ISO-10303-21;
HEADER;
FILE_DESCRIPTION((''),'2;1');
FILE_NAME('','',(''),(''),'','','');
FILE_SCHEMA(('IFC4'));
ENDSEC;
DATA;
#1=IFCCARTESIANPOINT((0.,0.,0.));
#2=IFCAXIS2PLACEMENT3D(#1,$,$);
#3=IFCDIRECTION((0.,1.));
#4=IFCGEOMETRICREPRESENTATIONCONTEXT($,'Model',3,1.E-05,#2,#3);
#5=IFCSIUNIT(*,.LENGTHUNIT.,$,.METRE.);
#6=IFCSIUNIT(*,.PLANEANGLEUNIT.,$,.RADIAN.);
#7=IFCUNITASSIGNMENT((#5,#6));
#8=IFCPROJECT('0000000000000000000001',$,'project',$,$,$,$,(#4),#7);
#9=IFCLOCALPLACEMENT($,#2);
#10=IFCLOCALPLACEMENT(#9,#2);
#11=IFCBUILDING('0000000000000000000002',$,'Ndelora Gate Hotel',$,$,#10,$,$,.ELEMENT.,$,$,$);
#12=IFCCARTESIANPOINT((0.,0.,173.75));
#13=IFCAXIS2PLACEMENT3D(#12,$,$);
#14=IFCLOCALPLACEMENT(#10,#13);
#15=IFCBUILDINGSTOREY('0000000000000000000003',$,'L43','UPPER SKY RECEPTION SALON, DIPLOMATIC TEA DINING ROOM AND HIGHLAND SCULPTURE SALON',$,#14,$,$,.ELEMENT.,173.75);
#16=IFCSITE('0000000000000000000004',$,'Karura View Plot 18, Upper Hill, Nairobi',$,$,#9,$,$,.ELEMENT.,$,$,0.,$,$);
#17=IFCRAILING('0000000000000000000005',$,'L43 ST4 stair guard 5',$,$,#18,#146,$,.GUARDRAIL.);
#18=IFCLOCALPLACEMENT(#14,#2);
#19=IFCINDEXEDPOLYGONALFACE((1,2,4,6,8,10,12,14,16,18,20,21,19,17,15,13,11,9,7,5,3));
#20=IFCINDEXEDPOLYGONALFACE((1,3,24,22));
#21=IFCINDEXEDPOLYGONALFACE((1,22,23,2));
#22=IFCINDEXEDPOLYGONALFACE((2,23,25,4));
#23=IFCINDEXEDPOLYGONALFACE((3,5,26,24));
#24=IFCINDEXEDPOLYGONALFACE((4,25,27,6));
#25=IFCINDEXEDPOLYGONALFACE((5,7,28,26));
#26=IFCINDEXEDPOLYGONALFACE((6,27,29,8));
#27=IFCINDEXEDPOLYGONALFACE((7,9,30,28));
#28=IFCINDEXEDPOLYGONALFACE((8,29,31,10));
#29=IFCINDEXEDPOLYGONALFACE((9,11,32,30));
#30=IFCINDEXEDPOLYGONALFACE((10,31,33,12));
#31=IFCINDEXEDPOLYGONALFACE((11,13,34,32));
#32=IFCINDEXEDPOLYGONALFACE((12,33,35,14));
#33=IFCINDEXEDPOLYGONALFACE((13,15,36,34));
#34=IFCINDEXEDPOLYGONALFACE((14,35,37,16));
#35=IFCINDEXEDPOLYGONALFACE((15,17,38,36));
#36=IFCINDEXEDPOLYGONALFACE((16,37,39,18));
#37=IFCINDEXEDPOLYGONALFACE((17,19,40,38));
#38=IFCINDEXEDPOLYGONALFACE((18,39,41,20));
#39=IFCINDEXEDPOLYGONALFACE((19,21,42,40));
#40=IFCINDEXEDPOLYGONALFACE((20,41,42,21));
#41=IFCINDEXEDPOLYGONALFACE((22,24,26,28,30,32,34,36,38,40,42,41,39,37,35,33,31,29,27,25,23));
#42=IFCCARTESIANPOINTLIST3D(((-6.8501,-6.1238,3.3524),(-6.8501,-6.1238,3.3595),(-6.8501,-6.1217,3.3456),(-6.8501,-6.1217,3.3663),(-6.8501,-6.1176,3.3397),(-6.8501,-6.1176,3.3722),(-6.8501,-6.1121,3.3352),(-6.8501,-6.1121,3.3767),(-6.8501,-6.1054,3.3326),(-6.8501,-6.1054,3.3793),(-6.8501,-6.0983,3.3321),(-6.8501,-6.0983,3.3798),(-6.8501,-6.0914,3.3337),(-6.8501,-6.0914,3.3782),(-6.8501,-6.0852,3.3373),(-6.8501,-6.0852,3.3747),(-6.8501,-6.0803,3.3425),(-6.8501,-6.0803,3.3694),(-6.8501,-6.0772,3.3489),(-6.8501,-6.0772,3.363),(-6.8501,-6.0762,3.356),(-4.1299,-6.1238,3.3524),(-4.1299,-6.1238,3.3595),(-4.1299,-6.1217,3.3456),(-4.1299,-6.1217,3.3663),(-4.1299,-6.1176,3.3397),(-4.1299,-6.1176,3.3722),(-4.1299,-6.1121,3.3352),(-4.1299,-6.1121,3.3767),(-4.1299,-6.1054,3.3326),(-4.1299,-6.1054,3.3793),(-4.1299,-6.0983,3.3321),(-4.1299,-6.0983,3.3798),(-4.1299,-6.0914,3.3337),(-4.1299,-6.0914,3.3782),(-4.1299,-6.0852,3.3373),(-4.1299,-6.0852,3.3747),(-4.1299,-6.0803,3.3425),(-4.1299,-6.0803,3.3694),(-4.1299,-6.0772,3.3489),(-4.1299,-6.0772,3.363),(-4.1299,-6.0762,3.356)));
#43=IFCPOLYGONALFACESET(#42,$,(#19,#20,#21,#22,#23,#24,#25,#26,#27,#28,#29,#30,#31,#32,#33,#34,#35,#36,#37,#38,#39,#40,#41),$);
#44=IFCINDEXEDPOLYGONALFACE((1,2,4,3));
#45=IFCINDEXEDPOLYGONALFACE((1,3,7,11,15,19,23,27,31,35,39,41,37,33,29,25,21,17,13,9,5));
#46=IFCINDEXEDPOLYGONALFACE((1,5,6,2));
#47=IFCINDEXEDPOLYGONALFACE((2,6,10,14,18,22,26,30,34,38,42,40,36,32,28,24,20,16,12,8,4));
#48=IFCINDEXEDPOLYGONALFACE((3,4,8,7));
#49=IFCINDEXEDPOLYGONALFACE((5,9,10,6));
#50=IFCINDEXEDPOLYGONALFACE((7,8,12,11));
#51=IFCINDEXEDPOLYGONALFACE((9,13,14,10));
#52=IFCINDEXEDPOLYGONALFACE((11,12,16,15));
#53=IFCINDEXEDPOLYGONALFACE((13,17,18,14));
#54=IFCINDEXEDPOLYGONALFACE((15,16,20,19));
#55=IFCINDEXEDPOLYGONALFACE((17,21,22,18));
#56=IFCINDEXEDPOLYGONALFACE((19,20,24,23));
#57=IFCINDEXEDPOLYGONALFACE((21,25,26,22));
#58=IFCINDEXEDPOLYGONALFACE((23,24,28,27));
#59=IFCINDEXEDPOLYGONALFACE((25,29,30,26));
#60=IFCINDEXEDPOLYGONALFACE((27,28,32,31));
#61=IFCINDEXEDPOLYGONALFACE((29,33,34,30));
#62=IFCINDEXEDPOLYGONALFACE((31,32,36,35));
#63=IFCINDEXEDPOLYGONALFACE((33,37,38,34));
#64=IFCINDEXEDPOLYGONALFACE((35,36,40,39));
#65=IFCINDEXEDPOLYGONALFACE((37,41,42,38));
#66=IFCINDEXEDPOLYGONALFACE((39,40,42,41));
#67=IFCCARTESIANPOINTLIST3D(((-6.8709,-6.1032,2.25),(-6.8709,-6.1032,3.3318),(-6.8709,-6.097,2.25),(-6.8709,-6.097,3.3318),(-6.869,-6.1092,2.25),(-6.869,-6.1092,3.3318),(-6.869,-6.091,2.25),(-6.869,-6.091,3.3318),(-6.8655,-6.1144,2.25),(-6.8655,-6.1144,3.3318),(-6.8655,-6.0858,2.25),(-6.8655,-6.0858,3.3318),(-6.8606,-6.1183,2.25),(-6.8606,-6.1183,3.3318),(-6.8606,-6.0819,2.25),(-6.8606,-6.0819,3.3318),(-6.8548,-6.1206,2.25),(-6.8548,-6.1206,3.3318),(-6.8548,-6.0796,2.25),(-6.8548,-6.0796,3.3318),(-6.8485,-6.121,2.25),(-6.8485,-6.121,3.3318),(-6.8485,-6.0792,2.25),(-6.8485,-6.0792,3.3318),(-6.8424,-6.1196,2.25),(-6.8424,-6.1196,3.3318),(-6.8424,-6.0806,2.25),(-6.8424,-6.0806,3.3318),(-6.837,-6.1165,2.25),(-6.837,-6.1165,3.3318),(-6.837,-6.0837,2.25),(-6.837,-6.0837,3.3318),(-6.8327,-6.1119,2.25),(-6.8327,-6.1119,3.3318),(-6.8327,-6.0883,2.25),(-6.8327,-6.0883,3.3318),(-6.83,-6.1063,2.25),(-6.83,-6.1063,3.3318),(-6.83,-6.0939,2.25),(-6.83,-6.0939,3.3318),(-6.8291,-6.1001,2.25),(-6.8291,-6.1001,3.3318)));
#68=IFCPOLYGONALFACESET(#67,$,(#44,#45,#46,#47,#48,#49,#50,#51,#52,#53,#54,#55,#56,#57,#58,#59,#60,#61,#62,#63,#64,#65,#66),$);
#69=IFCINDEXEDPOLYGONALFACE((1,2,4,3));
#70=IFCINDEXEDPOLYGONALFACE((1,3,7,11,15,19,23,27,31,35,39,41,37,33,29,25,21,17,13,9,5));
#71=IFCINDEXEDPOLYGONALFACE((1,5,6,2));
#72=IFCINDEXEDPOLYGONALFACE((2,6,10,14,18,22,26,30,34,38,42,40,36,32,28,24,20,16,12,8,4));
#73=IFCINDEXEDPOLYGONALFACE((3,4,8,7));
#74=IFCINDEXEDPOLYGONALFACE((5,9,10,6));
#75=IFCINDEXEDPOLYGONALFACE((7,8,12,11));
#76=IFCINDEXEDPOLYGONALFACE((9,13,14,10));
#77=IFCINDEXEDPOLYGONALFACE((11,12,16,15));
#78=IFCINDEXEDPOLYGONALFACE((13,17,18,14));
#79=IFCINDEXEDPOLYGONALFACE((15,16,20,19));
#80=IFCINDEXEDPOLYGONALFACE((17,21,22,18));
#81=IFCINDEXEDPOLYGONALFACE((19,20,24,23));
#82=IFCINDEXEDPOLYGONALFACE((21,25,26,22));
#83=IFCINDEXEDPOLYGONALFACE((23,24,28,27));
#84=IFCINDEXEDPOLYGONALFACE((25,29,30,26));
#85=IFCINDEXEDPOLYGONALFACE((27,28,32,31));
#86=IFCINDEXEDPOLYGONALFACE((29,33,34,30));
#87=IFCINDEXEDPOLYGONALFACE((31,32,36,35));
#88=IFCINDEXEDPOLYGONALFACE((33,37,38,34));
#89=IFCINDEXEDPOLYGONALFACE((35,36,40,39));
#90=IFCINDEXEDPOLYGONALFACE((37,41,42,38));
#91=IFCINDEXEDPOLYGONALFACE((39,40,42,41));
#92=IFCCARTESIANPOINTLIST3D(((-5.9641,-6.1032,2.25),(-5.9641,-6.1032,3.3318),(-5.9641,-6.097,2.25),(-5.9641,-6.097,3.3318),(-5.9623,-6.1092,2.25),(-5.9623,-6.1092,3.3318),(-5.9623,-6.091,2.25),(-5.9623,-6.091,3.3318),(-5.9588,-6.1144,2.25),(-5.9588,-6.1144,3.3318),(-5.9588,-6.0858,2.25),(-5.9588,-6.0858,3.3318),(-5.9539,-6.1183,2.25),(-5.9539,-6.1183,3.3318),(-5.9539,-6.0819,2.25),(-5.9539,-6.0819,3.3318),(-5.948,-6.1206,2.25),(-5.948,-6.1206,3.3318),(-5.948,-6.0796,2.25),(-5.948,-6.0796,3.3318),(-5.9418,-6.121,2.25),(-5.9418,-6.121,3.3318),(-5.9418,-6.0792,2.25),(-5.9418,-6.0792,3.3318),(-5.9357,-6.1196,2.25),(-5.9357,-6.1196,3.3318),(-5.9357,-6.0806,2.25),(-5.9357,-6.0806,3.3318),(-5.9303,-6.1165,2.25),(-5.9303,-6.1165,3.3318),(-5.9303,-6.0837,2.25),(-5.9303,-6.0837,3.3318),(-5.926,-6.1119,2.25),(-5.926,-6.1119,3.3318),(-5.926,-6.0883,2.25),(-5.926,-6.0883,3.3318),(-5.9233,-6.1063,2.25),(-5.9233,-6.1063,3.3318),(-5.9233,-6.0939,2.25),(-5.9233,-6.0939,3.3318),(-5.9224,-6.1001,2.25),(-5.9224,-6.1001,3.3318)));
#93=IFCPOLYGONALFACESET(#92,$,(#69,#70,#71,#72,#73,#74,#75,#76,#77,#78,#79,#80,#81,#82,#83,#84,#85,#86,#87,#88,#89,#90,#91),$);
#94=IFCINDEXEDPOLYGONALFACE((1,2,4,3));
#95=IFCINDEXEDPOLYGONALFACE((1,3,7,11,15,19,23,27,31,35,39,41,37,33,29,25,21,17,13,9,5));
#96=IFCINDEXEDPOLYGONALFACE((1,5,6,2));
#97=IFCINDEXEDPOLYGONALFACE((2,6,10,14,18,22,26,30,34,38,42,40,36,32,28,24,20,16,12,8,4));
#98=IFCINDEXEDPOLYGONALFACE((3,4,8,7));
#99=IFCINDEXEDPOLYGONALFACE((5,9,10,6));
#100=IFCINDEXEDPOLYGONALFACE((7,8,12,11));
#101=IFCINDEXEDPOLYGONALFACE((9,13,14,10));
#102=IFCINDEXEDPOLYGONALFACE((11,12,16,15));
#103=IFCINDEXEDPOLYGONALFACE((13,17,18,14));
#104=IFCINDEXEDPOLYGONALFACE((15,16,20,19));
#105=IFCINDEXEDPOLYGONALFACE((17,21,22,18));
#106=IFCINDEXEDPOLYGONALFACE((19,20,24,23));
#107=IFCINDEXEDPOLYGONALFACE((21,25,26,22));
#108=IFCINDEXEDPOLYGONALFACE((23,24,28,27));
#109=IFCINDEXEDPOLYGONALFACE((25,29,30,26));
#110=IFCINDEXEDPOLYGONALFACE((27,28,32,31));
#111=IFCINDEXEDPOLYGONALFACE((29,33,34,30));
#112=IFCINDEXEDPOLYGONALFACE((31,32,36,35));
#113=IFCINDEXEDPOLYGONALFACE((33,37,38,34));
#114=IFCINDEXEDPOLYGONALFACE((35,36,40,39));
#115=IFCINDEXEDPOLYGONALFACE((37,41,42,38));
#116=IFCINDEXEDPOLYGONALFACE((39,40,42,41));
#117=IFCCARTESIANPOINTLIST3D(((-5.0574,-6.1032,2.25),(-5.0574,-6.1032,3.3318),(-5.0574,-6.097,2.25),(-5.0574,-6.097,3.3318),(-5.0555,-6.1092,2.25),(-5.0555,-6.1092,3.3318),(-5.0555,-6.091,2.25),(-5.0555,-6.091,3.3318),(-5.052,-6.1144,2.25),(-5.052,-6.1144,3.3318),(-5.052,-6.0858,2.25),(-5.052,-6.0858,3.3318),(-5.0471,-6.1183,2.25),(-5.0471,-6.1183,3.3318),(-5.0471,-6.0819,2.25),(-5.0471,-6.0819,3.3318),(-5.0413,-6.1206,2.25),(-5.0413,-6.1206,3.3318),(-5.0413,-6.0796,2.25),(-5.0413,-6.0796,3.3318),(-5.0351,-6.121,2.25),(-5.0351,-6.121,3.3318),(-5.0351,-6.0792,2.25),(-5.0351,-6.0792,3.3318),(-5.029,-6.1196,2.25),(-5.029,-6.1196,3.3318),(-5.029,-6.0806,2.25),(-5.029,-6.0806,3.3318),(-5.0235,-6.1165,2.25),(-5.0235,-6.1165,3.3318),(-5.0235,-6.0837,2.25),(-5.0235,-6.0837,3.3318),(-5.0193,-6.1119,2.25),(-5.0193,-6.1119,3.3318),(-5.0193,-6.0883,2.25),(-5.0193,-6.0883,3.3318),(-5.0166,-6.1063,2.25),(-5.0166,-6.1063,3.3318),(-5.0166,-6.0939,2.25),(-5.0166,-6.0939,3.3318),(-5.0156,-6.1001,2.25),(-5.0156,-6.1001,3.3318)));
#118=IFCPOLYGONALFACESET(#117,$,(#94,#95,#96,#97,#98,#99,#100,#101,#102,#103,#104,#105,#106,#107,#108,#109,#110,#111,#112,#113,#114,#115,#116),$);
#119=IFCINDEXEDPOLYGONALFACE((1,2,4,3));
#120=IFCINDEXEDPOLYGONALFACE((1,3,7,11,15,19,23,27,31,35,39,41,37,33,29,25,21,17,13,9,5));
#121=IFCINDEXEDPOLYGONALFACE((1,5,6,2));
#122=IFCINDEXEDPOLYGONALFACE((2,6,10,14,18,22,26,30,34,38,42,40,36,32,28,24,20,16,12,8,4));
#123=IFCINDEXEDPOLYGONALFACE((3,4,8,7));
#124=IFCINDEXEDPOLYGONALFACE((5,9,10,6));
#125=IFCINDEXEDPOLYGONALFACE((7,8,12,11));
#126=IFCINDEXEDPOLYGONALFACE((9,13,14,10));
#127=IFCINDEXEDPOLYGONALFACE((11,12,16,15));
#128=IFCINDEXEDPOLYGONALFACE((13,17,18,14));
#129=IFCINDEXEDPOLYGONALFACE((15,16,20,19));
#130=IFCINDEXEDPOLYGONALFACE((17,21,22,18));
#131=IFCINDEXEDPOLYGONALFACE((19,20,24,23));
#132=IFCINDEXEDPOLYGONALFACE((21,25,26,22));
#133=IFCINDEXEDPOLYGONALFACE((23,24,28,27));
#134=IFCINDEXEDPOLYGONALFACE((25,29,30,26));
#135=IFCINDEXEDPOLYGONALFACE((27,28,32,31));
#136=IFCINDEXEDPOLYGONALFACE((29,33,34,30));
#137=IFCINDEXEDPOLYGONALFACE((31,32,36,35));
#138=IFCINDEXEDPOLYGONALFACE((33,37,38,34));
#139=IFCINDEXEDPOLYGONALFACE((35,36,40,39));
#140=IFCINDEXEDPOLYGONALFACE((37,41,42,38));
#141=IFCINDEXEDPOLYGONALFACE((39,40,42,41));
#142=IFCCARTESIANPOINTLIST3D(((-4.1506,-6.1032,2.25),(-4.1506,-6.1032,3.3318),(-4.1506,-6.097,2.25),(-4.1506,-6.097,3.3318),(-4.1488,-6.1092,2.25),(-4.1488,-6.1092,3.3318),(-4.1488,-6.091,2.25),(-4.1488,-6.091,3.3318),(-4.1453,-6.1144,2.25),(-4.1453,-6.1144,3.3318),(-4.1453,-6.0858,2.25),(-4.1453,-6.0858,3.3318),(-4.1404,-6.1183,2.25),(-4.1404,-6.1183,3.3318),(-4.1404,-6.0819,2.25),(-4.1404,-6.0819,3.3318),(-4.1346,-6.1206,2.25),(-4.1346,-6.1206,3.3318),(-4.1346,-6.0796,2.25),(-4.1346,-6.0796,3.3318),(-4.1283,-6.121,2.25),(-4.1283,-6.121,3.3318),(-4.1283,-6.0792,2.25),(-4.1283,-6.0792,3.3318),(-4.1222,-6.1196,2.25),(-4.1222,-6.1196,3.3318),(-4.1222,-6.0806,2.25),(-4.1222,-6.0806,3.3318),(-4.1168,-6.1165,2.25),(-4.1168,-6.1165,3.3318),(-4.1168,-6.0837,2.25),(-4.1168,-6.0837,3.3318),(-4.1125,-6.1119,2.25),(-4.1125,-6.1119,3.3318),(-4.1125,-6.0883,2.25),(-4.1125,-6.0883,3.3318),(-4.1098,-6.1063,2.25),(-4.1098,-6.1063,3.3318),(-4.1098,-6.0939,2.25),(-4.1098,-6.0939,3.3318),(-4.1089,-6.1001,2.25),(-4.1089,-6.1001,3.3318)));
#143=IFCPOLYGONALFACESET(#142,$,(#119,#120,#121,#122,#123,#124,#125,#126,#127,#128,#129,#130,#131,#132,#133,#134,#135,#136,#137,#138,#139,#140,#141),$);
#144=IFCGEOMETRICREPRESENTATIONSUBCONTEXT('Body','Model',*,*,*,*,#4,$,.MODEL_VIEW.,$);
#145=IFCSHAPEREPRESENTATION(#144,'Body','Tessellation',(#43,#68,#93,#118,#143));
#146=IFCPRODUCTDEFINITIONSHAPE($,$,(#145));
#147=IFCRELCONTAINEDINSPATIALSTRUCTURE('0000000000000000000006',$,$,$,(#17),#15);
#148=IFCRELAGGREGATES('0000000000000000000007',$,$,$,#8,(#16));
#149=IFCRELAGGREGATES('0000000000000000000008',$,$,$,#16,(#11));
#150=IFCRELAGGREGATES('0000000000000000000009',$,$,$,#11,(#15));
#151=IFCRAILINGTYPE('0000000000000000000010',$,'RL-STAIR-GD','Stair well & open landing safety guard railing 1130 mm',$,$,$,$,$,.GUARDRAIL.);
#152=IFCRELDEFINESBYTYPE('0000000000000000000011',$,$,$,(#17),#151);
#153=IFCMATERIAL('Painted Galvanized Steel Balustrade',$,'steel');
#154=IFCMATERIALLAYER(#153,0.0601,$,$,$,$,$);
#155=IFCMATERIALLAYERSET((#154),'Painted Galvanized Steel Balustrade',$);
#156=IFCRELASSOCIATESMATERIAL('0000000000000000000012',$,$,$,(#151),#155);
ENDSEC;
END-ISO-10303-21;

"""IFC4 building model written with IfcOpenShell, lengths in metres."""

from ifc_helpers import new_model, si_unit, direction, frame, origin, origin_2d, place, context, subcontext, project, spatial, circle, extrude, material, layer, layer_set, type_object, element, save


model = new_model("IFC4")

# Units and contexts
model_context = context("Model", 3, precision=1e-05, world=origin(), true_north=direction((0.0, 1.0)))
body_context = subcontext(model_context, "Body", "Model", "MODEL_VIEW")
ifc_project = project(units=[si_unit("LENGTHUNIT", "METRE"), si_unit("PLANEANGLEUNIT", "RADIAN")], contexts=[model_context])

# Site, building, storey
site_placement = place(None, origin())
site = spatial("IfcSite", under=ifc_project, at=site_placement, Name="Karura View Plot 18, Upper Hill, Nairobi", CompositionType="ELEMENT", RefElevation=0.0)
building_placement = place(site_placement, origin())
building = spatial("IfcBuilding", under=site, at=building_placement, Name="Ndelora Gate Hotel", CompositionType="ELEMENT")
storey_placement = place(building_placement, frame((0.0, 0.0, 173.75)))
storey = spatial("IfcBuildingStorey", under=building, at=storey_placement, Name="L43", Description="UPPER SKY RECEPTION SALON, DIPLOMATIC TEA DINING ROOM AND HIGHLAND SCULPTURE SALON", CompositionType="ELEMENT", Elevation=173.75)

# Railing
ifc_material_1 = material(Name="Painted Galvanized Steel Balustrade", Category="steel")
ifc_layer_1 = layer(ifc_material_1, 0.0601)
ifc_layer_set_1 = layer_set([ifc_layer_1], Name="Painted Galvanized Steel Balustrade")
railing_type_1 = type_object("IfcRailingType", Name="RL-STAIR-GD", Description="Stair well & open landing safety guard railing 1130 mm", PredefinedType="GUARDRAIL", material=ifc_layer_set_1)
railing_1_placement = place(storey_placement, frame((-6.8501, -6.1001, 2.25)))
element("IfcRailing", 1, at=railing_1_placement, inside=storey, type_object=railing_type_1, Name="L43 ST4 stair guard 5", PredefinedType="GUARDRAIL", context=body_context, shape_type="SweptSolid", body=[
    extrude(circle(Radius=0.0239, at=origin_2d()), frame((0.0, 0.0, 1.106), z_axis=(1.0, 0.0, 0.0), x_axis=(0.0, 1.0, 0.0)), (0.0, 0.0, 1.0), 2.7202),
    extrude(circle(Radius=0.021, at=origin_2d()), origin(), (0.0, 0.0, 1.0), 1.0818),
    extrude(circle(Radius=0.021, at=origin_2d()), frame((0.9067, 0.0, 0.0)), (0.0, 0.0, 1.0), 1.0818),
    extrude(circle(Radius=0.021, at=origin_2d()), frame((1.8135, 0.0, 0.0)), (0.0, 0.0, 1.0), 1.0818),
    extrude(circle(Radius=0.021, at=origin_2d()), frame((2.7202, 0.0, 0.0)), (0.0, 0.0, 1.0), 1.0818),
])

save(model, "model.ifc")
